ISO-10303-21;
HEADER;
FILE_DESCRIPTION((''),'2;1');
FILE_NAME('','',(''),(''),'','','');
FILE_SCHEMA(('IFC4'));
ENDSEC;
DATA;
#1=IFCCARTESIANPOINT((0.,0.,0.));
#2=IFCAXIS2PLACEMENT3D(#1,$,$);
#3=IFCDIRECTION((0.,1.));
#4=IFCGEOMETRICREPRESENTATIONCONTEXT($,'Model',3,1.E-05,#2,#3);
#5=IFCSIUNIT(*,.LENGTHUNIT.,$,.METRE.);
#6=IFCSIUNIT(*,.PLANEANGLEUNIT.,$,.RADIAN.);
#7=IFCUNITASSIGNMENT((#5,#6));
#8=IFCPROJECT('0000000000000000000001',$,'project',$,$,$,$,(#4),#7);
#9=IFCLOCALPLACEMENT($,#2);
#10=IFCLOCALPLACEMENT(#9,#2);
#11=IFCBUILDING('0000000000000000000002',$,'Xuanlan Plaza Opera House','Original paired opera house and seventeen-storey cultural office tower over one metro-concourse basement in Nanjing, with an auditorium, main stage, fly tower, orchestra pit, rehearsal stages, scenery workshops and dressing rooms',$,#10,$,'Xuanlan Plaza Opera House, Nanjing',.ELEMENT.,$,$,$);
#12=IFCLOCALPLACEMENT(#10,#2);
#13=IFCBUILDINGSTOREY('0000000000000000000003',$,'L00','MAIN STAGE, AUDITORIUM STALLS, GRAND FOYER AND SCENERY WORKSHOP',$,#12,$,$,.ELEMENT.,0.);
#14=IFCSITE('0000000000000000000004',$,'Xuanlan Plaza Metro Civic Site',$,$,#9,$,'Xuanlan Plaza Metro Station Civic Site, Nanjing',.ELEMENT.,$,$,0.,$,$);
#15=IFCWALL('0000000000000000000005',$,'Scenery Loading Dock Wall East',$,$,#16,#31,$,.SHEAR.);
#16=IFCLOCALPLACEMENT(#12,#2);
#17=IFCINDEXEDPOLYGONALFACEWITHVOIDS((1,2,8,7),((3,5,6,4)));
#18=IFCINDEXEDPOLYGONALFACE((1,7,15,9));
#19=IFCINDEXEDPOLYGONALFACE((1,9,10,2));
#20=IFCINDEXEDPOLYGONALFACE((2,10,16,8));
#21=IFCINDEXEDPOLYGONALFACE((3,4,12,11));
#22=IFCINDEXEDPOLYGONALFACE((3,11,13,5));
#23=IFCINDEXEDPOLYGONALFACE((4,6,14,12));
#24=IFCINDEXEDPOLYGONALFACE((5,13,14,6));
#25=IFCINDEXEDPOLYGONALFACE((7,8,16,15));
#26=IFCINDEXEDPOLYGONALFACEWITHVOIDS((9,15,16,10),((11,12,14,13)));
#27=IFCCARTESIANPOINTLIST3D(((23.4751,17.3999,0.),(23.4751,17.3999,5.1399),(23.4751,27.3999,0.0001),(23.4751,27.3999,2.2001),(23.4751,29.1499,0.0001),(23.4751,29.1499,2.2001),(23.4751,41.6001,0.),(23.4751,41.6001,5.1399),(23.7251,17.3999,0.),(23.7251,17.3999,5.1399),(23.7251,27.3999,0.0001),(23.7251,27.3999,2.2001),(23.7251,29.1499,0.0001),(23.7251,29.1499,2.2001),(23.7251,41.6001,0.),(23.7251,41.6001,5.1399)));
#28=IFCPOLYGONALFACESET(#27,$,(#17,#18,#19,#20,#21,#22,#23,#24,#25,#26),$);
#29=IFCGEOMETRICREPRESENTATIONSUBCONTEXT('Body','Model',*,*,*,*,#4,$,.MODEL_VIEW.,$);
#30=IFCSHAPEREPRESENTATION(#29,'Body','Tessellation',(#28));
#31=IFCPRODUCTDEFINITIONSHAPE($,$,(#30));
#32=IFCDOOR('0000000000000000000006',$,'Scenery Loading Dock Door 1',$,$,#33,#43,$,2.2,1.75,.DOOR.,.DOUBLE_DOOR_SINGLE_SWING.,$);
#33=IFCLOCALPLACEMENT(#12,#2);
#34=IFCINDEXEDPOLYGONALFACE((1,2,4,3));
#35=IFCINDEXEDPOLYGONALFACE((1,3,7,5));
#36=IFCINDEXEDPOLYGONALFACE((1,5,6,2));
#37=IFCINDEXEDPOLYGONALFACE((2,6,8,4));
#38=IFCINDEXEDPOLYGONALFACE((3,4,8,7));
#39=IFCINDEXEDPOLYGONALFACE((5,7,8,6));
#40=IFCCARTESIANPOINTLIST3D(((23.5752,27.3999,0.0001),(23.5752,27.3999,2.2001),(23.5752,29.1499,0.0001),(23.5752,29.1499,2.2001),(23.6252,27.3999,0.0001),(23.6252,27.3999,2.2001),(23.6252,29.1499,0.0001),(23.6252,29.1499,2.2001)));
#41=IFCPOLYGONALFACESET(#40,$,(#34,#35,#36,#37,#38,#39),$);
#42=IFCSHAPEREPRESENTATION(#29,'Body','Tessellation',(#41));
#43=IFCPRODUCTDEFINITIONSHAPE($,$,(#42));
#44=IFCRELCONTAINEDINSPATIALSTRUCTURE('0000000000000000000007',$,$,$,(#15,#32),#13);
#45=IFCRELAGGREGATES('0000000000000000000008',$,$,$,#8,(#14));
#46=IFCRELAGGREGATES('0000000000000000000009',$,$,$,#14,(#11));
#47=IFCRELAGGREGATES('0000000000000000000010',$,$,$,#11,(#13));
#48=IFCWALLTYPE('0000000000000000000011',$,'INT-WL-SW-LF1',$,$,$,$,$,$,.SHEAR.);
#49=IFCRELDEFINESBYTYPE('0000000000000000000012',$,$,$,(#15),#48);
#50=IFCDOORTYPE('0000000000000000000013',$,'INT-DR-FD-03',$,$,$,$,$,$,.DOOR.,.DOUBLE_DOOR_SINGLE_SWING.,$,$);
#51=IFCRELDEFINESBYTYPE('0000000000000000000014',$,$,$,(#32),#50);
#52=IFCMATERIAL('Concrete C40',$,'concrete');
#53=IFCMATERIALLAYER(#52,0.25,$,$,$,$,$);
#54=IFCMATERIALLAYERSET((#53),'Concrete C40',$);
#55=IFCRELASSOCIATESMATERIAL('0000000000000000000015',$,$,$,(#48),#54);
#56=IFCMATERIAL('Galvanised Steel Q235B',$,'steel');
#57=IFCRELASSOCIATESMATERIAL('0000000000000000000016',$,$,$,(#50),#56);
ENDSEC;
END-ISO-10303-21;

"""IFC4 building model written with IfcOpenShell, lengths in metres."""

from ifc_helpers import new_model, si_unit, direction, frame, frame_2d, origin, place, context, subcontext, project, spatial, rectangle, extrude, material, layer, layer_set, type_object, element, fill, save


model = new_model("IFC4")

# Units and contexts
model_context = context("Model", 3, precision=1e-05, world=origin(), true_north=direction((0.0, 1.0)))
body_context = subcontext(model_context, "Body", "Model", "MODEL_VIEW")
ifc_project = project(units=[si_unit("LENGTHUNIT", "METRE"), si_unit("PLANEANGLEUNIT", "RADIAN")], contexts=[model_context])

# Site, building, storey
site_placement = place(None, origin())
site = spatial("IfcSite", under=ifc_project, at=site_placement, Name="Xuanlan Plaza Metro Civic Site", LongName="Xuanlan Plaza Metro Station Civic Site, Nanjing", CompositionType="ELEMENT", RefElevation=0.0)
building_placement = place(site_placement, origin())
building = spatial("IfcBuilding", under=site, at=building_placement, Name="Xuanlan Plaza Opera House", Description="Original paired opera house and seventeen-storey cultural office tower over one metro-concourse basement in Nanjing, with an auditorium, main stage, fly tower, orchestra pit, rehearsal stages, scenery workshops and dressing rooms", LongName="Xuanlan Plaza Opera House, Nanjing", CompositionType="ELEMENT")
storey_placement = place(building_placement, origin())
storey = spatial("IfcBuildingStorey", under=building, at=storey_placement, Name="L00", Description="MAIN STAGE, AUDITORIUM STALLS, GRAND FOYER AND SCENERY WORKSHOP", CompositionType="ELEMENT", Elevation=0.0)

# Shared definitions
ifc_material_1 = material(Name="Concrete C40", Category="concrete")

# Wall, opening, door
ifc_layer = layer(ifc_material_1, 0.25)
ifc_layer_set = layer_set([ifc_layer], Name="Concrete C40")
wall_type = type_object("IfcWallType", Name="INT-WL-SW-LF1", PredefinedType="SHEAR", material=ifc_layer_set)
ifc_material_2 = material(Name="Galvanised Steel Q235B", Category="steel")
door_type = type_object("IfcDoorType", Name="INT-DR-FD-03", OperationType="DOUBLE_DOOR_SINGLE_SWING", PredefinedType="DOOR", material=ifc_material_2)
wall_1_placement = place(storey_placement, frame((23.6001, 17.3999, 0.0), z_axis=(0.0, 0.0, 1.0), x_axis=(0.0, 1.0, 0.0)))
wall_1 = element("IfcWall", 1, at=wall_1_placement, inside=storey, type_object=wall_type, Name="Scenery Loading Dock Wall East", PredefinedType="SHEAR", context=body_context, shape_type="SweptSolid", body=[
    extrude(rectangle(XDim=24.2002, YDim=0.25, at=frame_2d((12.1001, 0.0))), origin(), (0.0, 0.0, 1.0), 5.1399),
])
opening_1_placement = place(wall_1_placement, frame((10.0, 0.0, 0.0)))
opening_1 = element("IfcOpeningElement", 2, at=opening_1_placement, cuts=wall_1, PredefinedType="OPENING", context=body_context, shape_type="SweptSolid", body=[
    extrude(rectangle(XDim=1.75, YDim=2.2, at=frame_2d((0.875, 1.1001))), frame((0.0, 0.135, 0.0), z_axis=(0.0, -1.0, 0.0), x_axis=(1.0, 0.0, 0.0)), (0.0, 0.0, 1.0), 0.27),
])
door_1_placement = place(opening_1_placement, origin())
door_1 = element("IfcDoor", 3, at=door_1_placement, inside=storey, type_object=door_type, Name="Scenery Loading Dock Door 1", OperationType="DOUBLE_DOOR_SINGLE_SWING", OverallHeight=2.2, OverallWidth=1.75, PredefinedType="DOOR", context=body_context, shape_type="SweptSolid", body=[
    extrude(rectangle(XDim=1.75, YDim=2.2, at=frame_2d((0.875, 1.1001))), frame((0.0, 0.0249, 0.0), z_axis=(0.0, -1.0, 0.0), x_axis=(1.0, 0.0, 0.0)), (0.0, 0.0, 1.0), 0.05),
])
fill(opening_1, door_1)

save(model, "model.ifc")
